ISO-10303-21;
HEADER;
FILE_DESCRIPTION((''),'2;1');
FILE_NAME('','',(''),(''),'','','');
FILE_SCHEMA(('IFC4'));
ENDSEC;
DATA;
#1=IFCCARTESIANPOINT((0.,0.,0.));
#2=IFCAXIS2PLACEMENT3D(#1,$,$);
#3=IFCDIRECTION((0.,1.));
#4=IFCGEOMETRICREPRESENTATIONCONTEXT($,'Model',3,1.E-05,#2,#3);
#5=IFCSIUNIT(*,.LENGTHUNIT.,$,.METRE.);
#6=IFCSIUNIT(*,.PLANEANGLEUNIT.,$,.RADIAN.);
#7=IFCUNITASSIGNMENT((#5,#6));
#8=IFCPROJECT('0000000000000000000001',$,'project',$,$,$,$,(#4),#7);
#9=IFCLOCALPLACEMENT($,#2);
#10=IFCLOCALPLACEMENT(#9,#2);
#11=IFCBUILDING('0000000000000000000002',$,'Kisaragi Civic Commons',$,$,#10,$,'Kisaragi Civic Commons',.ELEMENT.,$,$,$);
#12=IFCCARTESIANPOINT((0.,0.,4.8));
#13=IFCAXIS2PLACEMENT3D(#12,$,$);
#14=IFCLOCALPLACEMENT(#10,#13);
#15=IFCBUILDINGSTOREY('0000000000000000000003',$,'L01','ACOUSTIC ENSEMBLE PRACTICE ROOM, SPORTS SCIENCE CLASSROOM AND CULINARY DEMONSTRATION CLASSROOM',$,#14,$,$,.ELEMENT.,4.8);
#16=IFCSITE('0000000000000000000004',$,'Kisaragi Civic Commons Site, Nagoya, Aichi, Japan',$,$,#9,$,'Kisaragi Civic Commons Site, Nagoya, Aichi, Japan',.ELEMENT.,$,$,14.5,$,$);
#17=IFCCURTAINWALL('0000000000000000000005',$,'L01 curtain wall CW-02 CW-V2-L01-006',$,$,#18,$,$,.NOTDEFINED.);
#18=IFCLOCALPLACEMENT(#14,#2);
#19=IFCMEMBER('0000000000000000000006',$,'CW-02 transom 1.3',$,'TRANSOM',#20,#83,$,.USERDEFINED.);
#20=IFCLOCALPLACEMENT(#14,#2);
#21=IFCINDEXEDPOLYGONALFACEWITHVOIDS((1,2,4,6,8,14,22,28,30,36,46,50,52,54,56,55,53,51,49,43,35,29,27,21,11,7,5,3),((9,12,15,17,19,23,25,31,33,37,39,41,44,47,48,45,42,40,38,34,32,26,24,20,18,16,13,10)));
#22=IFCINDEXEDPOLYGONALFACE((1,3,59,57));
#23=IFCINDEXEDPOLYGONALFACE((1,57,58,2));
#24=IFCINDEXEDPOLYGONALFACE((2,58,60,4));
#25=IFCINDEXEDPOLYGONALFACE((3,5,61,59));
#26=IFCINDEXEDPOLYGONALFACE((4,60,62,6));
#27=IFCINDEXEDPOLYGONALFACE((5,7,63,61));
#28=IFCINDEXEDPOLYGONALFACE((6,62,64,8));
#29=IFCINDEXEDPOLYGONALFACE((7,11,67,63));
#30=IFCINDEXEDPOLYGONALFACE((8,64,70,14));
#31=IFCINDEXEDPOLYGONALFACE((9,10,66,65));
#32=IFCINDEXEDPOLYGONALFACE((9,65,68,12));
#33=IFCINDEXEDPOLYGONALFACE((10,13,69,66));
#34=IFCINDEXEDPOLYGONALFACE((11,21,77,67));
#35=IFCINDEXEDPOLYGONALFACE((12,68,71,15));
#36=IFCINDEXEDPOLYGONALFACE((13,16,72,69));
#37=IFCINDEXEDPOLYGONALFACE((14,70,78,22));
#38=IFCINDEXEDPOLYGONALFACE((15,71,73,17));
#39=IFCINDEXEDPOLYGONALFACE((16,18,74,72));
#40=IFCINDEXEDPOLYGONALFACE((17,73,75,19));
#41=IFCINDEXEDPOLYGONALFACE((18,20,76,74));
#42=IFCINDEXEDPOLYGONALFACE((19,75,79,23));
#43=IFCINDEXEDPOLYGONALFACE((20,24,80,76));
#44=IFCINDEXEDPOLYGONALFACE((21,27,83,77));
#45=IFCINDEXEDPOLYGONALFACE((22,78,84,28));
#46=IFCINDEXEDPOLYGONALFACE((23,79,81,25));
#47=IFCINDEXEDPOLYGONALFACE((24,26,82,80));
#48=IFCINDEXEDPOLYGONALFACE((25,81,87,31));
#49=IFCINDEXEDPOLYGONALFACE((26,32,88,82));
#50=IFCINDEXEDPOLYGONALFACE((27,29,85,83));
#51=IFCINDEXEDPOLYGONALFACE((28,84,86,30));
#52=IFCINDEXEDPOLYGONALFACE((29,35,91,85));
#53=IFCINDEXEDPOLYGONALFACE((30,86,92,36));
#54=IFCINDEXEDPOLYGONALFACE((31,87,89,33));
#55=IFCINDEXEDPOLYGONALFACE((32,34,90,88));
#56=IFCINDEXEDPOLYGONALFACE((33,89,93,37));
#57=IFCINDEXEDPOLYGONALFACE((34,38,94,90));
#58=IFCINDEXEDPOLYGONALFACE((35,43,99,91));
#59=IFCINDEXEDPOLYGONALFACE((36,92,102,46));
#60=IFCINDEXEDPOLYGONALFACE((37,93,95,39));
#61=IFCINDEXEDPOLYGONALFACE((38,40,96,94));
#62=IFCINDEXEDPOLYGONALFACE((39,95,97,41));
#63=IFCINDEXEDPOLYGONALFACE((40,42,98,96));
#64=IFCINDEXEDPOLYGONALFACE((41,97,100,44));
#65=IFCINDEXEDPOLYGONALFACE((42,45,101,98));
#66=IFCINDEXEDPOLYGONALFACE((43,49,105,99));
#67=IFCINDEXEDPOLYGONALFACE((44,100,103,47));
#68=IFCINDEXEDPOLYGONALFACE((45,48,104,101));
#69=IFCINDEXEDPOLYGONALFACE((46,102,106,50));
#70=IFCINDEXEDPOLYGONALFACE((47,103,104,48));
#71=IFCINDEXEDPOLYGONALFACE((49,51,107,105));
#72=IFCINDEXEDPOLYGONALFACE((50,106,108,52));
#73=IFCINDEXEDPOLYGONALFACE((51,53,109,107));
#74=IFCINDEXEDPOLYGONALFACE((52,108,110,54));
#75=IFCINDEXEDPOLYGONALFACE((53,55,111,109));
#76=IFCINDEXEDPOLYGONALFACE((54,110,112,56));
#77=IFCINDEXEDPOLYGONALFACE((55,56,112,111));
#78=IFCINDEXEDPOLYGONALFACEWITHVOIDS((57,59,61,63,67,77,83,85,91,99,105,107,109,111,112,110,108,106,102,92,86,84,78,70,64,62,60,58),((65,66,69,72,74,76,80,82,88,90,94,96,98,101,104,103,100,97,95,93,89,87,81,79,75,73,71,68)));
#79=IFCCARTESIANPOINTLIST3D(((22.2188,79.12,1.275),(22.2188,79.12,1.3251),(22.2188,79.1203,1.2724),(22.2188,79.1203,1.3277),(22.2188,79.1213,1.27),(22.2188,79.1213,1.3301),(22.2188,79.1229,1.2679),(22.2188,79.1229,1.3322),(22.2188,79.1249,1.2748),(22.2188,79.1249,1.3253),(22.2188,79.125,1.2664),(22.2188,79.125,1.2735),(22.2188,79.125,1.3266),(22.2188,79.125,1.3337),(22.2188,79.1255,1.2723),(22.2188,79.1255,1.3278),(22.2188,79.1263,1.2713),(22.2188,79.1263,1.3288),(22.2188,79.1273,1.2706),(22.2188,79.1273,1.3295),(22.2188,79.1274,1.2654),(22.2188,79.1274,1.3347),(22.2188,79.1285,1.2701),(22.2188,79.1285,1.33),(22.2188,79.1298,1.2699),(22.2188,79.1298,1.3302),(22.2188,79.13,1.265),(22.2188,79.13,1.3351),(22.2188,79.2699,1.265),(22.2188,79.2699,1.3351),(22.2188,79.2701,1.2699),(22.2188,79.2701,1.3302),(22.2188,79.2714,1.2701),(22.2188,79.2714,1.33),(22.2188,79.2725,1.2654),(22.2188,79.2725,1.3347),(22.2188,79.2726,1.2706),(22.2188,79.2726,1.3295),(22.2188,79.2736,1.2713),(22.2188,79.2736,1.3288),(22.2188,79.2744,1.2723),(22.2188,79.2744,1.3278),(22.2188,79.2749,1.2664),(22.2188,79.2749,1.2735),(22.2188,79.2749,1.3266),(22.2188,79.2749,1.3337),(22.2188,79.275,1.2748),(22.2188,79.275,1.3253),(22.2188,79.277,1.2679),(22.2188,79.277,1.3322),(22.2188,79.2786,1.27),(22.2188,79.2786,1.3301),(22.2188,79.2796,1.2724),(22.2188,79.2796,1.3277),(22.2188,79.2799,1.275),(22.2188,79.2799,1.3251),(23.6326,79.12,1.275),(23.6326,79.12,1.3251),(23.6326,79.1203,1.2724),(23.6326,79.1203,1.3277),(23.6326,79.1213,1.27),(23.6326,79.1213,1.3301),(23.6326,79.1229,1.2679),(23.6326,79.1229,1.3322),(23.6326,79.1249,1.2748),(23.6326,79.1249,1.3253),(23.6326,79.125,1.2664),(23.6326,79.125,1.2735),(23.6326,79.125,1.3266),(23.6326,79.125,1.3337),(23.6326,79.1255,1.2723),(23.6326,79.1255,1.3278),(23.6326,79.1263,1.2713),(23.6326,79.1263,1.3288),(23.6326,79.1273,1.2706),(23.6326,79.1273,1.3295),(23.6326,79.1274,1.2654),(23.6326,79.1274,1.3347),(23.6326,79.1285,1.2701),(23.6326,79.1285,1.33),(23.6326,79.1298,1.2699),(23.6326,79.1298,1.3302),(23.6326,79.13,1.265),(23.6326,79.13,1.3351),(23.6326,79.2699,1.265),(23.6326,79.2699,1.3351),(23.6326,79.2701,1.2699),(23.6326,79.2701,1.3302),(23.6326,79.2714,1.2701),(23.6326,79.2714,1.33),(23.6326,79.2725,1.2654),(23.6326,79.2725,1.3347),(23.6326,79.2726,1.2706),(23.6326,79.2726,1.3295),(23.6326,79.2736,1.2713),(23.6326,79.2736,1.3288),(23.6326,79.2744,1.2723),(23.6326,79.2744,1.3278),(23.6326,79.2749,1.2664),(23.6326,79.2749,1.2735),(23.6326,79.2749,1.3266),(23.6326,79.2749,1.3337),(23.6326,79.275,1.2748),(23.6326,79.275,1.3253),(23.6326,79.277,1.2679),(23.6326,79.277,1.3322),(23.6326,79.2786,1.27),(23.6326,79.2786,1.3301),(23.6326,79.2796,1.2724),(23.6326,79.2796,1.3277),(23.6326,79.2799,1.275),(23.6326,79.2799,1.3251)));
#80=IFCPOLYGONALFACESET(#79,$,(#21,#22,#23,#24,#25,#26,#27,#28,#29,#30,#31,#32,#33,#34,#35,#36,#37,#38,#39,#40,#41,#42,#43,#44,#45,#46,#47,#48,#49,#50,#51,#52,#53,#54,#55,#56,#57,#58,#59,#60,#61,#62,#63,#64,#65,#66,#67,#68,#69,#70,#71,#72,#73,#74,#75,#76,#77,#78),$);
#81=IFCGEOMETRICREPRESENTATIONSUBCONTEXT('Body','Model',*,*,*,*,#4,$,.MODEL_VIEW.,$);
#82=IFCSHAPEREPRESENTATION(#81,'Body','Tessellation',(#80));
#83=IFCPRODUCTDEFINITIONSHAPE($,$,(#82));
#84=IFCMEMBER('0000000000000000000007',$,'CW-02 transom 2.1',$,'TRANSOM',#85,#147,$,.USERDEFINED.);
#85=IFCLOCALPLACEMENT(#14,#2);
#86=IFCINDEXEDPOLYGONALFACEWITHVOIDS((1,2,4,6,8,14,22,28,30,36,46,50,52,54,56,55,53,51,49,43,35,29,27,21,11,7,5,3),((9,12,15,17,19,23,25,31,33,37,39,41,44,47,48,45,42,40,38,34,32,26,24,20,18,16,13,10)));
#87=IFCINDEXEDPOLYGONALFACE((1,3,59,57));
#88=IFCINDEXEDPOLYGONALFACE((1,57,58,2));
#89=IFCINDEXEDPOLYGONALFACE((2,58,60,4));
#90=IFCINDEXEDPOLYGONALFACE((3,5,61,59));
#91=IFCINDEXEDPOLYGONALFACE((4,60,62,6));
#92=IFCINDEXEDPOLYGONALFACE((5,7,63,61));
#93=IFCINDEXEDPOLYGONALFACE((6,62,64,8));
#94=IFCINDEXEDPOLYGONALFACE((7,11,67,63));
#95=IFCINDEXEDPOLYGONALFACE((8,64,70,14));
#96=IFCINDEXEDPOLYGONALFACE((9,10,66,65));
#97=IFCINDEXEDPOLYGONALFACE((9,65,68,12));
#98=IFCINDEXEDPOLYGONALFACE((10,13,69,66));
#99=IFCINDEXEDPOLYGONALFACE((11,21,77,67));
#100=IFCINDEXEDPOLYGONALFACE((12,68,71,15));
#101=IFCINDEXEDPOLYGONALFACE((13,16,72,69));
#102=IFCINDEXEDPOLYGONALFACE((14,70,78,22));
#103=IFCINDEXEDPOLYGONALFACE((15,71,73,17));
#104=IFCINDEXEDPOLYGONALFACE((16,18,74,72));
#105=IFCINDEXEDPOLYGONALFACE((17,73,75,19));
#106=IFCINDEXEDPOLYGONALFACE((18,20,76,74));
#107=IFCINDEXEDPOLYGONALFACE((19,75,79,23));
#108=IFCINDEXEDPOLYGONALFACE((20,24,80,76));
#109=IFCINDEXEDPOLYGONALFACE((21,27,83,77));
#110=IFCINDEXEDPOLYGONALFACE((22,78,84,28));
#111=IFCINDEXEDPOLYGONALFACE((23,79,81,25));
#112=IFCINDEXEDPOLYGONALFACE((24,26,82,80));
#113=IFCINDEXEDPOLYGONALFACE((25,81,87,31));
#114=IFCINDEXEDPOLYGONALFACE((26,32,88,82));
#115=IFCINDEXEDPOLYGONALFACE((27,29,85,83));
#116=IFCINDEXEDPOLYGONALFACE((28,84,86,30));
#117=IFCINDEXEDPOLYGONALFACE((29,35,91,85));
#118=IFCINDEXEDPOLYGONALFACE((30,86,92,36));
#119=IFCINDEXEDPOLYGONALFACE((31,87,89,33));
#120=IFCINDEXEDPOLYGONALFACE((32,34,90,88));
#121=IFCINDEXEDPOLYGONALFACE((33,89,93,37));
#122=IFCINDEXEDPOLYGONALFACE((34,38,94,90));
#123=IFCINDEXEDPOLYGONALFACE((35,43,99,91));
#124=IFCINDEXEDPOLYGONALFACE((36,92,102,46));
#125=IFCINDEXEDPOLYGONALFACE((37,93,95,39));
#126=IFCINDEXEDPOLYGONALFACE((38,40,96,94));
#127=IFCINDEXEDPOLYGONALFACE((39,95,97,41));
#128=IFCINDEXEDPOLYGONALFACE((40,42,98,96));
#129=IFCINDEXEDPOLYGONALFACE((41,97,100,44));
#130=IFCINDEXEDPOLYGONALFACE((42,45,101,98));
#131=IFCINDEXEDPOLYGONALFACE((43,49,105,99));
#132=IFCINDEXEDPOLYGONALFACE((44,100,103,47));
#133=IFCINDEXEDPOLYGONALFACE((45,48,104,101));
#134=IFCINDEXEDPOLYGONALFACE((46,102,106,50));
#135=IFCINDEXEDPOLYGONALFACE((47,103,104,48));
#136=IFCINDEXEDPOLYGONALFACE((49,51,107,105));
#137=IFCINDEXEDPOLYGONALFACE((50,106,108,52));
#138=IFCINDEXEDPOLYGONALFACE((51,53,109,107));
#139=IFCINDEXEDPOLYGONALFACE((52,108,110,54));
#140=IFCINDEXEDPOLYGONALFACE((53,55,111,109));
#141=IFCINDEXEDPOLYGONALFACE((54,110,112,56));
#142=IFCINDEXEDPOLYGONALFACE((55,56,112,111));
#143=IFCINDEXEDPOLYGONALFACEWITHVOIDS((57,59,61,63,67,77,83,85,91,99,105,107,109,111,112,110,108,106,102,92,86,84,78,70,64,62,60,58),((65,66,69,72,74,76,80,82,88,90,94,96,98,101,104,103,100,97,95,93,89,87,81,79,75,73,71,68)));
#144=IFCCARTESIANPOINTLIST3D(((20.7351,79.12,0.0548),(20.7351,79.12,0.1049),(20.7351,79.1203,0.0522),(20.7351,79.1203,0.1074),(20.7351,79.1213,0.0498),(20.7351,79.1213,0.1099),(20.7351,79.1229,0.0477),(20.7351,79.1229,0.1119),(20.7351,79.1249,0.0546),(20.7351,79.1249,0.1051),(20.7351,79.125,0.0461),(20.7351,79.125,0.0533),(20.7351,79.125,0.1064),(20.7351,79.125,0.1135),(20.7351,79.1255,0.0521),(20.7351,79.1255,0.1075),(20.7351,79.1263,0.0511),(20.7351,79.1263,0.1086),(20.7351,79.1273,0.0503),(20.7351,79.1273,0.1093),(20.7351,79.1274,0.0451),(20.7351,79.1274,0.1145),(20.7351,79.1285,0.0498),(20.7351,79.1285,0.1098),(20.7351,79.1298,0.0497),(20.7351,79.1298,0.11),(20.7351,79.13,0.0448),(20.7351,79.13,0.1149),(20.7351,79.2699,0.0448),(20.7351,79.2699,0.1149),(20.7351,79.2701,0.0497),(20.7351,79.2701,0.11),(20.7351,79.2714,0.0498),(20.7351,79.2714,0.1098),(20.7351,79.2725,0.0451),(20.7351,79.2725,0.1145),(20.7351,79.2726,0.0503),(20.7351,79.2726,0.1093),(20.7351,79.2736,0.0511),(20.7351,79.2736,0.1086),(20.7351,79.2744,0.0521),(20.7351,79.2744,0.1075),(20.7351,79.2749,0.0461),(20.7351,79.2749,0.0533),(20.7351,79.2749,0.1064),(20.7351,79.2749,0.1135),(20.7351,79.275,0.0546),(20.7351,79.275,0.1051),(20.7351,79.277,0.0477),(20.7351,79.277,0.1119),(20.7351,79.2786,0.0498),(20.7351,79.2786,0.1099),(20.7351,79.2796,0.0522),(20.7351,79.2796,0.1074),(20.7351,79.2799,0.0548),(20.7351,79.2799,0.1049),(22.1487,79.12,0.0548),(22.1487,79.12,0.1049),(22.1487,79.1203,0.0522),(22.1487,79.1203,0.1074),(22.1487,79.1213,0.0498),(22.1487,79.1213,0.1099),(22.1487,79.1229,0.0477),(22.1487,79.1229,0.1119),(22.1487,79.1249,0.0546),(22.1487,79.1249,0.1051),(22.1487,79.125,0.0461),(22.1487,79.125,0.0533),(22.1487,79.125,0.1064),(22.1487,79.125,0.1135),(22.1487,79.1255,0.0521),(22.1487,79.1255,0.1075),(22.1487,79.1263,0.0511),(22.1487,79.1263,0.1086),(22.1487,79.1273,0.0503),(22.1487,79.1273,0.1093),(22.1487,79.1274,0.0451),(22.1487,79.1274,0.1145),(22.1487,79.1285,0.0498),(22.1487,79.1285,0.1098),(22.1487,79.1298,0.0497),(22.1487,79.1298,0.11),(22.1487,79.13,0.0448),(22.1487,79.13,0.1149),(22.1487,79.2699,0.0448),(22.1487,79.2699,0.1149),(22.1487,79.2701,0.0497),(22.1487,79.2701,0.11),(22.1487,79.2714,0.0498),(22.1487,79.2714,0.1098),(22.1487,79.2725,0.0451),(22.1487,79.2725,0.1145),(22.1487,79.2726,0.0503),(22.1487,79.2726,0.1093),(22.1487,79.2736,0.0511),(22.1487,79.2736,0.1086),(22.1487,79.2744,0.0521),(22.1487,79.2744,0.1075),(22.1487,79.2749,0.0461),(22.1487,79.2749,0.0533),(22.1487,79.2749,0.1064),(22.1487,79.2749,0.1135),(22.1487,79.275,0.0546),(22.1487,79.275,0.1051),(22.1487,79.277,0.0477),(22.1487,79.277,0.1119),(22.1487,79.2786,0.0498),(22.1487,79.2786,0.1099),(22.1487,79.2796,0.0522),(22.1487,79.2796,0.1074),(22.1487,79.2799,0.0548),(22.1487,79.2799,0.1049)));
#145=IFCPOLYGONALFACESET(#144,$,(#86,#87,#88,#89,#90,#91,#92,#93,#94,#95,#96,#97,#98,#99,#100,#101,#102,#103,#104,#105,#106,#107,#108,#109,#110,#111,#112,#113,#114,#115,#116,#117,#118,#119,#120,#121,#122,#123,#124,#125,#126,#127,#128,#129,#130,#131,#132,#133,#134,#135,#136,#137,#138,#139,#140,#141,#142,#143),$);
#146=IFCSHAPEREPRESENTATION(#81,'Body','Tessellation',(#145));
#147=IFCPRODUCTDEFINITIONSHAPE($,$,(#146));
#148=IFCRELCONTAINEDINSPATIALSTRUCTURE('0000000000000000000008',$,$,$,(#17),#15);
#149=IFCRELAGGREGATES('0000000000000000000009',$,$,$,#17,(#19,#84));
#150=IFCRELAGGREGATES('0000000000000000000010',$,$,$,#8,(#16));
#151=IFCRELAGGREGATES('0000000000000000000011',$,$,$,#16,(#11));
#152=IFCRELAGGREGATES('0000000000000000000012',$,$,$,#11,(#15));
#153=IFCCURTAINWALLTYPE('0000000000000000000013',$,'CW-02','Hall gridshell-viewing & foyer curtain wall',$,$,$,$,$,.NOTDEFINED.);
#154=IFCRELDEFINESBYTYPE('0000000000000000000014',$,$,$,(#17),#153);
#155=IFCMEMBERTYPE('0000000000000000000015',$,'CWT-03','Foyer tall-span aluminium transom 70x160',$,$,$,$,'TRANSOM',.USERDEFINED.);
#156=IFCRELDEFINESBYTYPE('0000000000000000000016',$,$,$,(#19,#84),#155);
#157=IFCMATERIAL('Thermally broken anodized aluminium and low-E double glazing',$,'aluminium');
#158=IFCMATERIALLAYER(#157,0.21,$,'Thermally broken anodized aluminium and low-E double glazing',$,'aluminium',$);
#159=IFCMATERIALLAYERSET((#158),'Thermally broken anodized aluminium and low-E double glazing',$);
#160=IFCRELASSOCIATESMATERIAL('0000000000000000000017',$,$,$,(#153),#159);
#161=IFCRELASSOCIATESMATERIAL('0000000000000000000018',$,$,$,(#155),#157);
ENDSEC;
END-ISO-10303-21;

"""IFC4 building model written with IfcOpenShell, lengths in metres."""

from ifc_helpers import new_model, si_unit, direction, frame, origin, origin_2d, place, context, subcontext, project, spatial, hollow_rectangle, extrude, material, layer, layer_set, material_profile, profile_set, type_object, element, aggregate, save


model = new_model("IFC4")

# Units and contexts
model_context = context("Model", 3, precision=1e-05, world=origin(), true_north=direction((0.0, 1.0)))
body_context = subcontext(model_context, "Body", "Model", "MODEL_VIEW")
ifc_project = project(units=[si_unit("LENGTHUNIT", "METRE"), si_unit("PLANEANGLEUNIT", "RADIAN")], contexts=[model_context])

# Site, building, storey
site_placement = place(None, origin())
site = spatial("IfcSite", under=ifc_project, at=site_placement, Name="Kisaragi Civic Commons Site, Nagoya, Aichi, Japan", LongName="Kisaragi Civic Commons Site, Nagoya, Aichi, Japan", CompositionType="ELEMENT", RefElevation=14.5)
building_placement = place(site_placement, origin())
building = spatial("IfcBuilding", under=site, at=building_placement, Name="Kisaragi Civic Commons", LongName="Kisaragi Civic Commons", CompositionType="ELEMENT")
storey_placement = place(building_placement, frame((0.0, 0.0, 4.8)))
storey = spatial("IfcBuildingStorey", under=building, at=storey_placement, Name="L01", Description="ACOUSTIC ENSEMBLE PRACTICE ROOM, SPORTS SCIENCE CLASSROOM AND CULINARY DEMONSTRATION CLASSROOM", CompositionType="ELEMENT", Elevation=4.8)

# Curtain wall, members
ifc_material_1 = material(Name="Thermally broken anodized aluminium and low-E double glazing", Category="aluminium")
ifc_layer_1 = layer(ifc_material_1, 0.21, Name="Thermally broken anodized aluminium and low-E double glazing", Category="aluminium")
ifc_layer_set_1 = layer_set([ifc_layer_1], Name="Thermally broken anodized aluminium and low-E double glazing")
curtain_wall_type = type_object("IfcCurtainWallType", Name="CW-02", Description="Hall gridshell-viewing & foyer curtain wall", PredefinedType="NOTDEFINED", material=ifc_layer_set_1)
curtain_wall_placement = place(storey_placement, origin())
curtain_wall = element("IfcCurtainWall", 1, at=curtain_wall_placement, inside=storey, type_object=curtain_wall_type, Name="L01 curtain wall CW-02 CW-V2-L01-006", PredefinedType="NOTDEFINED")
ifc_material_profile_1 = material_profile(ifc_material_1, hollow_rectangle(XDim=0.1599, YDim=0.0701, WallThickness=0.0049, InnerFilletRadius=0.0049, OuterFilletRadius=0.01, at=origin_2d()), Name="CWT-70x160x5", Category="aluminium")
ifc_profile_set_1 = profile_set([ifc_material_profile_1], Name="Thermally broken anodized aluminium and low-E double glazing")
member_type_1 = type_object("IfcMemberType", Name="CWT-03", Description="Foyer tall-span aluminium transom 70x160", ElementType="TRANSOM", PredefinedType="USERDEFINED", material=ifc_profile_set_1)
member_1_placement = place(storey_placement, frame((23.6326, 79.2, 1.3), z_axis=(-1.0, 0.0, 0.0), x_axis=(0.0, -1.0, 0.0)))
member_1 = element("IfcMember", 2, at=member_1_placement, type_object=member_type_1, Name="CW-02 transom 1.3", ObjectType="TRANSOM", PredefinedType="USERDEFINED", context=body_context, shape_type="SweptSolid", body=[
    extrude(hollow_rectangle(XDim=0.1599, YDim=0.0701, WallThickness=0.0049, InnerFilletRadius=0.0049, OuterFilletRadius=0.01, at=origin_2d()), origin(), (0.0, 0.0, 1.0), 1.4138),
])
member_2_placement = place(storey_placement, frame((22.1487, 79.2, 0.0798), z_axis=(-1.0, 0.0, 0.0), x_axis=(0.0, -1.0, 0.0)))
member_2 = element("IfcMember", 3, at=member_2_placement, type_object=member_type_1, Name="CW-02 transom 2.1", ObjectType="TRANSOM", PredefinedType="USERDEFINED", context=body_context, shape_type="SweptSolid", body=[
    extrude(hollow_rectangle(XDim=0.1599, YDim=0.0701, WallThickness=0.0049, InnerFilletRadius=0.0049, OuterFilletRadius=0.01, at=origin_2d()), origin(), (0.0, 0.0, 1.0), 1.4136),
])

aggregate(curtain_wall, [member_1, member_2])

save(model, "model.ifc")
